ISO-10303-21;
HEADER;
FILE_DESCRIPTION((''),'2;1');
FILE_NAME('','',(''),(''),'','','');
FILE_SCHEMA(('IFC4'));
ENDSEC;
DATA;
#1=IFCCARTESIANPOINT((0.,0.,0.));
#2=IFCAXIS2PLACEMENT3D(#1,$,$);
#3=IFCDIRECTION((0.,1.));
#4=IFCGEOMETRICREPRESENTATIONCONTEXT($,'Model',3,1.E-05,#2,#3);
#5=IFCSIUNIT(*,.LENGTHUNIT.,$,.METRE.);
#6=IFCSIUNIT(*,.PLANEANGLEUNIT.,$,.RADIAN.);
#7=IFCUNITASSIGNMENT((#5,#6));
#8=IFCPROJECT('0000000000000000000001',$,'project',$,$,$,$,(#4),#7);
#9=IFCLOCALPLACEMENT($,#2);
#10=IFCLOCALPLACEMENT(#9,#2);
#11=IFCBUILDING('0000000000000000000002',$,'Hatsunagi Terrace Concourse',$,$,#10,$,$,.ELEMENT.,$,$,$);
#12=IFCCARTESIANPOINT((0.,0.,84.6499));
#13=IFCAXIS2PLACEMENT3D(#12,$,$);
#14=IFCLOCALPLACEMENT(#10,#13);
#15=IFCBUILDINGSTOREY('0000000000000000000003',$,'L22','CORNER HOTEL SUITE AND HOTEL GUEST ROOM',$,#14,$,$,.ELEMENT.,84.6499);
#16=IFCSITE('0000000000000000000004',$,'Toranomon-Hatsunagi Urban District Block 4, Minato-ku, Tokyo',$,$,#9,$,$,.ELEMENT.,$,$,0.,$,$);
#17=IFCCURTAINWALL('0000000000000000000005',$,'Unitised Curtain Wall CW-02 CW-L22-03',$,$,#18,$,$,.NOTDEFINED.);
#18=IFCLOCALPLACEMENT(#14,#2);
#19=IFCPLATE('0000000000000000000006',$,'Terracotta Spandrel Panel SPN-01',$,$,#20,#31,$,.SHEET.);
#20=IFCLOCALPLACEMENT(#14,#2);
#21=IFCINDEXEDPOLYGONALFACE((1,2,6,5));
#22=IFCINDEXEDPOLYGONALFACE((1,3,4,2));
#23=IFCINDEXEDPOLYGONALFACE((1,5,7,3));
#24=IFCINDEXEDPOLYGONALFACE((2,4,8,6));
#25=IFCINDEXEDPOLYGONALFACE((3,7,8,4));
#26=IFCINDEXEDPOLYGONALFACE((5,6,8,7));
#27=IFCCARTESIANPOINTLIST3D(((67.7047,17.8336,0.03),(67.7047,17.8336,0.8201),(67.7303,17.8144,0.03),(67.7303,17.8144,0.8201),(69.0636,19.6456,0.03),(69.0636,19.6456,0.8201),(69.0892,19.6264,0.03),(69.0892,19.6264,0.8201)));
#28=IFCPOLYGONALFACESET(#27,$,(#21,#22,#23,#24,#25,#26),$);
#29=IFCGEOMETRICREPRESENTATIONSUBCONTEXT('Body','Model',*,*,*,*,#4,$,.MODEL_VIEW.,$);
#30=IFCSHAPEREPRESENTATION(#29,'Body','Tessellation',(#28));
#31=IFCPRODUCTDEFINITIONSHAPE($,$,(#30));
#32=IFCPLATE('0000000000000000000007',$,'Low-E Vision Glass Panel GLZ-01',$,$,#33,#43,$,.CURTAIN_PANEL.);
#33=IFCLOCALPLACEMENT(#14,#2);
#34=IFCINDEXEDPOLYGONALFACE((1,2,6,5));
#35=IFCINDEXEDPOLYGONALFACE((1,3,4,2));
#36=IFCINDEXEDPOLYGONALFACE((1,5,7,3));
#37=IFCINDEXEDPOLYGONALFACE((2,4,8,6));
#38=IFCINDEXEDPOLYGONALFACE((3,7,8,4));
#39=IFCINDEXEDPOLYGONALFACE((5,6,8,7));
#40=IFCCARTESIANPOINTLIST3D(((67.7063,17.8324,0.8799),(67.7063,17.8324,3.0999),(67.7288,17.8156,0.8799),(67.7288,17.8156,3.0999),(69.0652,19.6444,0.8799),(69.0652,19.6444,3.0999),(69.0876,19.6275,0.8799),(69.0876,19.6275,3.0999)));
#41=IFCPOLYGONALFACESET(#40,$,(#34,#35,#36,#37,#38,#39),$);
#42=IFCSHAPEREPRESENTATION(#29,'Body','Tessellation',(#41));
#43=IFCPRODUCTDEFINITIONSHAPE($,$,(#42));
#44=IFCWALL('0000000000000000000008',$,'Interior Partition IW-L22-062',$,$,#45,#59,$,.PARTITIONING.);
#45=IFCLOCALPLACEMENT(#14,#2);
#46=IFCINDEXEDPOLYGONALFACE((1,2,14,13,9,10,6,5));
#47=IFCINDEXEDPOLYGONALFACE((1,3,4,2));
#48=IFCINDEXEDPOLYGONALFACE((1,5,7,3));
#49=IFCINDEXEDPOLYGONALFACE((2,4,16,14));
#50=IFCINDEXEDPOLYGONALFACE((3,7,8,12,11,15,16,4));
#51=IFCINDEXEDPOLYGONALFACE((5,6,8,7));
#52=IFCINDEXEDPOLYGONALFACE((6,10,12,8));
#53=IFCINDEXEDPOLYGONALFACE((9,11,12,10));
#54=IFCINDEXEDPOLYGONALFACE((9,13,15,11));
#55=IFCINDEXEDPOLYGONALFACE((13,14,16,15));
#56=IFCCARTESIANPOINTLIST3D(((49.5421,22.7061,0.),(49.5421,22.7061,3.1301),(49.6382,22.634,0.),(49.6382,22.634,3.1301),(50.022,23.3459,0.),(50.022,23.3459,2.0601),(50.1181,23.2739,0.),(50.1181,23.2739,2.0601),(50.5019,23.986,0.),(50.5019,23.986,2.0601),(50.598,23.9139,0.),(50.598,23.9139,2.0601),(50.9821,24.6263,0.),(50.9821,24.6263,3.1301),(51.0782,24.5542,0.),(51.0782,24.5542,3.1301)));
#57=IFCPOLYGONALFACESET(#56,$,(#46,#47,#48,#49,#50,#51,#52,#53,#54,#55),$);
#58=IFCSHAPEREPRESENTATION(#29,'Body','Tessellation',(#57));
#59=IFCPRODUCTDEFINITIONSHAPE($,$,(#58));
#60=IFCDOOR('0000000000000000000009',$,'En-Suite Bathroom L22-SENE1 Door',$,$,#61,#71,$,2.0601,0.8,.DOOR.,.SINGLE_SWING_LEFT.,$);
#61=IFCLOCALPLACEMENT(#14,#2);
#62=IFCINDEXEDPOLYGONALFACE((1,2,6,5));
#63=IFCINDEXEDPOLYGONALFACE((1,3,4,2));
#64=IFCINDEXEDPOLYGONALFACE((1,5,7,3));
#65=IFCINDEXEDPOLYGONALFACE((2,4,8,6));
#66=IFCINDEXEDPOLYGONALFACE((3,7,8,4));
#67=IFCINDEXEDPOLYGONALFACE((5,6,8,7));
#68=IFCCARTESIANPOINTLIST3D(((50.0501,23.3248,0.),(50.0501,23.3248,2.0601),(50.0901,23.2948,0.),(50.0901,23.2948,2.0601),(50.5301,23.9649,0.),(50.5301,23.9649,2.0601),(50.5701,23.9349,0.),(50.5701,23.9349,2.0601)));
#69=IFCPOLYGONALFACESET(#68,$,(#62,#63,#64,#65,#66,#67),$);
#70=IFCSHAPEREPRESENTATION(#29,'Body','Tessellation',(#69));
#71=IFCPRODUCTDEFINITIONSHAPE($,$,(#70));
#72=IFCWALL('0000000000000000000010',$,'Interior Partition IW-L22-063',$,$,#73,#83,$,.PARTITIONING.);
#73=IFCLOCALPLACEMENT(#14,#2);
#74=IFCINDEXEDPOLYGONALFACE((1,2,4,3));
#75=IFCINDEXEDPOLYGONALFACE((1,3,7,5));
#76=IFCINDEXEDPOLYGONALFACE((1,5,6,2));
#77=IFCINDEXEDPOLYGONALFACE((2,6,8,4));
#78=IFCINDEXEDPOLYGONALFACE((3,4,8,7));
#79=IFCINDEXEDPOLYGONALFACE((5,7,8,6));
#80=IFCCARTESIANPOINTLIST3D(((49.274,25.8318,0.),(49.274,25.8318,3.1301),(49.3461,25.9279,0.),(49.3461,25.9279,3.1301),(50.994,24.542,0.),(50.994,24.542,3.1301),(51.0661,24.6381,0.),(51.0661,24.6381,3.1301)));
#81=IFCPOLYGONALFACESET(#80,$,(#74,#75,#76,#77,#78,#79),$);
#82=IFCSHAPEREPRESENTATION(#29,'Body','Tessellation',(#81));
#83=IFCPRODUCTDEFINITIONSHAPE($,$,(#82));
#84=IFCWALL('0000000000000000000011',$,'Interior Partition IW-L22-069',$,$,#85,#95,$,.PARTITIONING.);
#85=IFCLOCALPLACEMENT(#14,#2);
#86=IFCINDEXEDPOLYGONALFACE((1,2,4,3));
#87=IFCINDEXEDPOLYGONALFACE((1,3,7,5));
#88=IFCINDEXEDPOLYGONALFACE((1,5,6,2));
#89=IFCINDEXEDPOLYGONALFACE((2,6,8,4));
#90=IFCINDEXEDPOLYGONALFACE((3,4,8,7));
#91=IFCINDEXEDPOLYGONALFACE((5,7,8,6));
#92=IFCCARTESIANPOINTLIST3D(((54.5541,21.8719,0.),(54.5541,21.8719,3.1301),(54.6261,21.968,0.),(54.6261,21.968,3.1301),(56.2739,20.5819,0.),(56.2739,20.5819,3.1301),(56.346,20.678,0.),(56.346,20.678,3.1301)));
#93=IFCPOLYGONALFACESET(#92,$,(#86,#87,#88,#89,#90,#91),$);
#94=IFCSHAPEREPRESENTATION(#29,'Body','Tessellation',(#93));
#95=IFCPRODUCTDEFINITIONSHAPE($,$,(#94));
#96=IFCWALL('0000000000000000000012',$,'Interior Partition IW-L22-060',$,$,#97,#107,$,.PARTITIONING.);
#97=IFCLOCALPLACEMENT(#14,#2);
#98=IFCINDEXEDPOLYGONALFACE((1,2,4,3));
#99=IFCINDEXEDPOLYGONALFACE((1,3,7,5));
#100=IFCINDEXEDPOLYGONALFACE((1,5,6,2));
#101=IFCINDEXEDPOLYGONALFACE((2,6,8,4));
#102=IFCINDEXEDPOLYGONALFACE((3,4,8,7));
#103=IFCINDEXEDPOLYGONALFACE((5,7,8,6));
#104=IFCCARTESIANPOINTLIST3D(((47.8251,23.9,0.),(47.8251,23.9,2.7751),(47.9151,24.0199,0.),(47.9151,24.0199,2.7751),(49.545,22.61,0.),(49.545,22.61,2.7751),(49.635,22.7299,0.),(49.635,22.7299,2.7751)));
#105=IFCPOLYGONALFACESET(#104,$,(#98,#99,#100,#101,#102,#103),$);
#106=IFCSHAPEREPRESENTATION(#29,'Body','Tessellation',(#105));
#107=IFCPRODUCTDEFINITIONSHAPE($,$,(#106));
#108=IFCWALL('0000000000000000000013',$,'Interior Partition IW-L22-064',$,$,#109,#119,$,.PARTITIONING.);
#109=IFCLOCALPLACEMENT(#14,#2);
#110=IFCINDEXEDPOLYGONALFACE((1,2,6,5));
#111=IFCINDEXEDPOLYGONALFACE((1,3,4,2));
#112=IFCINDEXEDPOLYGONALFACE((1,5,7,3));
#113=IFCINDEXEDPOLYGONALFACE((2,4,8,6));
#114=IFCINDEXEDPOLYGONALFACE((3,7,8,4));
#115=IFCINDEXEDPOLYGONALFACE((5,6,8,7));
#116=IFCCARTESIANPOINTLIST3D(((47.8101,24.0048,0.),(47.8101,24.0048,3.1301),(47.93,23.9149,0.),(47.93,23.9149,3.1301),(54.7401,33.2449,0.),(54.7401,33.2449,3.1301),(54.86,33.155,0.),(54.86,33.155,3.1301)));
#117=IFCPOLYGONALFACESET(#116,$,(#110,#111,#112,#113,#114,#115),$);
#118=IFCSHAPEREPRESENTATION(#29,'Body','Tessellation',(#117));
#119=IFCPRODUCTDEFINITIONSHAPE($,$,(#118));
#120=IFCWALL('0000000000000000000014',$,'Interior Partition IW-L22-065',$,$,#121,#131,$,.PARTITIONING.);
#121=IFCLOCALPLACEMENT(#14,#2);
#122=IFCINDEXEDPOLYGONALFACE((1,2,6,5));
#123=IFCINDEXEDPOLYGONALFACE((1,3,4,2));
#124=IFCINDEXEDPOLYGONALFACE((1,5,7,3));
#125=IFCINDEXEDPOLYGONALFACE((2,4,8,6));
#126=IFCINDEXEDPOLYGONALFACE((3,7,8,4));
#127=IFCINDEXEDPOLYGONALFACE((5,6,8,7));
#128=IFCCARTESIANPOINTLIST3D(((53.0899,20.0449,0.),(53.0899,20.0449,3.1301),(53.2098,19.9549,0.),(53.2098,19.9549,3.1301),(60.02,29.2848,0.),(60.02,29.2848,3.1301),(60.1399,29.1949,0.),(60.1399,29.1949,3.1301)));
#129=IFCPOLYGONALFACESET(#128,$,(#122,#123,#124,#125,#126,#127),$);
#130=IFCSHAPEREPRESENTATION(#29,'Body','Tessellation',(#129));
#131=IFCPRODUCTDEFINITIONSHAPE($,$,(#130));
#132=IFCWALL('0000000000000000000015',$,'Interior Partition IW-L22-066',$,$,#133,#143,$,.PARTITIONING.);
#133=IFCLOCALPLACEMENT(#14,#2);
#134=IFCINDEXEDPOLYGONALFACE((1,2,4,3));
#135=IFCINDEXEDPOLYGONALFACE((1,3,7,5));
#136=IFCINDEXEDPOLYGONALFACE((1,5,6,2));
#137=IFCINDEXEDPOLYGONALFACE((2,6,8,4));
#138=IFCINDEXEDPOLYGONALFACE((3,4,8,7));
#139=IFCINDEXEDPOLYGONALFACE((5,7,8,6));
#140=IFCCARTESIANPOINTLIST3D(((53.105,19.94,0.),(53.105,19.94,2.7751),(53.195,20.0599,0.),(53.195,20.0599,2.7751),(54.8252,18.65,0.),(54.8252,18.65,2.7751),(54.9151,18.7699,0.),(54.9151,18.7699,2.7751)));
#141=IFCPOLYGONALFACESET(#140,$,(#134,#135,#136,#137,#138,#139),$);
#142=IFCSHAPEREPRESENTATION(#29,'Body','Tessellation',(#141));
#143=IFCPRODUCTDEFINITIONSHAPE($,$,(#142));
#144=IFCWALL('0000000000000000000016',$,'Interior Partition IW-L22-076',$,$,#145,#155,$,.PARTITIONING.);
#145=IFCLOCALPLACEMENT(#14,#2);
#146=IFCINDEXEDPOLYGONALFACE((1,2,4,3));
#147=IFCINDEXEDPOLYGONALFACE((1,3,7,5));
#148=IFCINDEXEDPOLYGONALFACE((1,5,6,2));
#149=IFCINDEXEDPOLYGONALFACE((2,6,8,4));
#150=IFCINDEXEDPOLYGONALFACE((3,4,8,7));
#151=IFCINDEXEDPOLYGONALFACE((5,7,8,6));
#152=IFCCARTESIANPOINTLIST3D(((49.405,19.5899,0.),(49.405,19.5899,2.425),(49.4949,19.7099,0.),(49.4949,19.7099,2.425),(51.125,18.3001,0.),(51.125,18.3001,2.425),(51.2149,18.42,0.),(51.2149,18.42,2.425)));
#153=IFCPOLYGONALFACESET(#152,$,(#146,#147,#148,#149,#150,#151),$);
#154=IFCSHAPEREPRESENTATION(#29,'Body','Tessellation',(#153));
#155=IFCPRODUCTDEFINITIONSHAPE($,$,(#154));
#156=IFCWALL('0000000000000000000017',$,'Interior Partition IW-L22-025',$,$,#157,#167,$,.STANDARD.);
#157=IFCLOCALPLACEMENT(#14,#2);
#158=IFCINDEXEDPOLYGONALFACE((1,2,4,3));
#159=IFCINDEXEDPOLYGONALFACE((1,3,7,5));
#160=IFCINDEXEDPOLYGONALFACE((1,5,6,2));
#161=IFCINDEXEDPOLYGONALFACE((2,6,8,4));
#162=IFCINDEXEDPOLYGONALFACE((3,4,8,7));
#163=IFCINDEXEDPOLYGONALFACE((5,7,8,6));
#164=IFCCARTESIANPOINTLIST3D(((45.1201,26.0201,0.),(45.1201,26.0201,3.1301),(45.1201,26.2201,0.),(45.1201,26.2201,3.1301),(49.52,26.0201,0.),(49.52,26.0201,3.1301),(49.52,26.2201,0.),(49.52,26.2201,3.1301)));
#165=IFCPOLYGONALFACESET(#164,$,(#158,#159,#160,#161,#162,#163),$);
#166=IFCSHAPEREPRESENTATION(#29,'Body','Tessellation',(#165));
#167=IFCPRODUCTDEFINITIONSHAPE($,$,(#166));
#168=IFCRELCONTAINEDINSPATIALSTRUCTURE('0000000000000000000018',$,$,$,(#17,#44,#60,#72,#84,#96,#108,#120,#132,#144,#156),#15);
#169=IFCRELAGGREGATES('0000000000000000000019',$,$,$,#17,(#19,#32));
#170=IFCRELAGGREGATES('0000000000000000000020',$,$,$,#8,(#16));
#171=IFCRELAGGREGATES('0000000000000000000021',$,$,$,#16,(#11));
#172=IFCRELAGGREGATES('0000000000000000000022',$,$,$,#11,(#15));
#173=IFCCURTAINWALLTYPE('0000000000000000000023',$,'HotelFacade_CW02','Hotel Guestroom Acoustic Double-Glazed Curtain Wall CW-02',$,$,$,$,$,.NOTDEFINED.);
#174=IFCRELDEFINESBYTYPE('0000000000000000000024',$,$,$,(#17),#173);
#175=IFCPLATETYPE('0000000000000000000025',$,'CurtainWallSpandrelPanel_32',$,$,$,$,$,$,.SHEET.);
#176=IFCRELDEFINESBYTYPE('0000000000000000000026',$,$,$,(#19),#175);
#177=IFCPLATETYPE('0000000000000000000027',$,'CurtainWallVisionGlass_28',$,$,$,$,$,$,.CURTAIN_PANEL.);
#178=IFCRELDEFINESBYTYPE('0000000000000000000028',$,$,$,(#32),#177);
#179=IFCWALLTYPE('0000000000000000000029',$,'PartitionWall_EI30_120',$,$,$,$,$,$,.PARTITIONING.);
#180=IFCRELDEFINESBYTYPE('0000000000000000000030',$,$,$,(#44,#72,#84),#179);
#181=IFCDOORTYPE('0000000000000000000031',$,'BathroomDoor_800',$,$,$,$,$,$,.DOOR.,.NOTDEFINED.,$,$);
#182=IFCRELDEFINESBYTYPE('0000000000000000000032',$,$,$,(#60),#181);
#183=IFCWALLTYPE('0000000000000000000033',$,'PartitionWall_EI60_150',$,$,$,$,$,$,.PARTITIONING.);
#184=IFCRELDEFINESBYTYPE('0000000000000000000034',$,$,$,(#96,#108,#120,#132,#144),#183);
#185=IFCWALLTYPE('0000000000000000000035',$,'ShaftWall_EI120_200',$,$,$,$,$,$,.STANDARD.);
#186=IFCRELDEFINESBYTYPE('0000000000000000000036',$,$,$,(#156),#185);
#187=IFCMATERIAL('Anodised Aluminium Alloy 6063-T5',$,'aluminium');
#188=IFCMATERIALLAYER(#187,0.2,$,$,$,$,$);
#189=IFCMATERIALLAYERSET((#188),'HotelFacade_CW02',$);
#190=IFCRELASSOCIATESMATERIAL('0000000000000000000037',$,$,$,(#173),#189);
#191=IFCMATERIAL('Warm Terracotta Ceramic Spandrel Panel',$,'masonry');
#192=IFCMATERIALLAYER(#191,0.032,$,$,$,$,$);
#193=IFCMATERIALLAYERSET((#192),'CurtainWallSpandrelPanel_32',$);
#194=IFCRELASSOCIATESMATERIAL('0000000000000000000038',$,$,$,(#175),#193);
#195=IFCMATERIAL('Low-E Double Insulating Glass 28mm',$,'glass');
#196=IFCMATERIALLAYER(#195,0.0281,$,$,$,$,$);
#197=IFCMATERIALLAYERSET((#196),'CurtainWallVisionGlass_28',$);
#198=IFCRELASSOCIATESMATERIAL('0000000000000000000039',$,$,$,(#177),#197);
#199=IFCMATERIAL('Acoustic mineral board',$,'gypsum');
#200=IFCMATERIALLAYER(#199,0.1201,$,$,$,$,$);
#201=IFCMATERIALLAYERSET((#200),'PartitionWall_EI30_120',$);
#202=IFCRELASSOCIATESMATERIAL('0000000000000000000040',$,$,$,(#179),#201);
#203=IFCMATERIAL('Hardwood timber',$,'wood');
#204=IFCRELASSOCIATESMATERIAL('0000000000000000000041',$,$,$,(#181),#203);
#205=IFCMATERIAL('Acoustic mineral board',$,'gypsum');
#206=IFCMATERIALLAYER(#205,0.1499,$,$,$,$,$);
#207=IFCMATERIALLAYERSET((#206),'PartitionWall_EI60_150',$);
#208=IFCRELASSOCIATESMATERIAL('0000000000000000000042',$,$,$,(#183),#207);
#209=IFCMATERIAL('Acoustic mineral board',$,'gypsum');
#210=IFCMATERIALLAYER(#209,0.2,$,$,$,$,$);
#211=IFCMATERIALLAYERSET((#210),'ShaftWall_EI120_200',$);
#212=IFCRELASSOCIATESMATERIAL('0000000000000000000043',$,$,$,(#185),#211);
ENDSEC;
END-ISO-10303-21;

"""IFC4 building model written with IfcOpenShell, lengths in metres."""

from ifc_helpers import new_model, si_unit, direction, frame, frame_2d, origin, origin_2d, place, context, subcontext, project, spatial, rectangle, extrude, material, layer, layer_set, type_object, element, fill, aggregate, save


model = new_model("IFC4")

# Units and contexts
model_context = context("Model", 3, precision=1e-05, world=origin(), true_north=direction((0.0, 1.0)))
body_context = subcontext(model_context, "Body", "Model", "MODEL_VIEW")
ifc_project = project(units=[si_unit("LENGTHUNIT", "METRE"), si_unit("PLANEANGLEUNIT", "RADIAN")], contexts=[model_context])

# Site, building, storey
site_placement = place(None, origin())
site = spatial("IfcSite", under=ifc_project, at=site_placement, Name="Toranomon-Hatsunagi Urban District Block 4, Minato-ku, Tokyo", CompositionType="ELEMENT", RefElevation=0.0)
building_placement = place(site_placement, origin())
building = spatial("IfcBuilding", under=site, at=building_placement, Name="Hatsunagi Terrace Concourse", CompositionType="ELEMENT")
storey_placement = place(building_placement, frame((0.0, 0.0, 84.6499)))
storey = spatial("IfcBuildingStorey", under=building, at=storey_placement, Name="L22", Description="CORNER HOTEL SUITE AND HOTEL GUEST ROOM", CompositionType="ELEMENT", Elevation=84.6499)

# Curtain wall
ifc_material_1 = material(Name="Anodised Aluminium Alloy 6063-T5", Category="aluminium")
ifc_layer_1 = layer(ifc_material_1, 0.2)
ifc_layer_set_1 = layer_set([ifc_layer_1], Name="HotelFacade_CW02")
curtain_wall_type = type_object("IfcCurtainWallType", Name="HotelFacade_CW02", Description="Hotel Guestroom Acoustic Double-Glazed Curtain Wall CW-02", PredefinedType="NOTDEFINED", material=ifc_layer_set_1)
curtain_wall_placement = place(storey_placement, origin())
curtain_wall = element("IfcCurtainWall", 1, at=curtain_wall_placement, inside=storey, type_object=curtain_wall_type, Name="Unitised Curtain Wall CW-02 CW-L22-03", PredefinedType="NOTDEFINED")

# Plates
ifc_material_2 = material(Name="Warm Terracotta Ceramic Spandrel Panel", Category="masonry")
ifc_layer_2 = layer(ifc_material_2, 0.032)
ifc_layer_set_2 = layer_set([ifc_layer_2], Name="CurtainWallSpandrelPanel_32")
plate_type_1 = type_object("IfcPlateType", Name="CurtainWallSpandrelPanel_32", PredefinedType="SHEET", material=ifc_layer_set_2)
plate_1_placement = place(storey_placement, frame((68.397, 18.73, 0.03), z_axis=(0.0, 0.0, 1.0), x_axis=(-0.599969, -0.800023, 0.0)))
plate_1 = element("IfcPlate", 2, at=plate_1_placement, type_object=plate_type_1, Name="Terracotta Spandrel Panel SPN-01", PredefinedType="SHEET", context=body_context, shape_type="SweptSolid", body=[
    extrude(rectangle(XDim=2.2649, YDim=0.032, at=origin_2d()), origin(), (0.0, 0.0, 1.0), 0.79),
])
ifc_material_3 = material(Name="Low-E Double Insulating Glass 28mm", Category="glass")
ifc_layer_3 = layer(ifc_material_3, 0.0281)
ifc_layer_set_3 = layer_set([ifc_layer_3], Name="CurtainWallVisionGlass_28")
plate_type_2 = type_object("IfcPlateType", Name="CurtainWallVisionGlass_28", PredefinedType="CURTAIN_PANEL", material=ifc_layer_set_3)
plate_2_placement = place(storey_placement, frame((68.397, 18.73, 0.8799), z_axis=(0.0, 0.0, 1.0), x_axis=(-0.599969, -0.800023, 0.0)))
plate_2 = element("IfcPlate", 3, at=plate_2_placement, type_object=plate_type_2, Name="Low-E Vision Glass Panel GLZ-01", PredefinedType="CURTAIN_PANEL", context=body_context, shape_type="SweptSolid", body=[
    extrude(rectangle(XDim=2.2649, YDim=0.0281, at=origin_2d()), origin(), (0.0, 0.0, 1.0), 2.22),
])
aggregate(curtain_wall, [plate_1, plate_2])

# Wall, opening, door
ifc_material_4 = material(Name="Acoustic mineral board", Category="gypsum")
ifc_layer_4 = layer(ifc_material_4, 0.1201)
ifc_layer_set_4 = layer_set([ifc_layer_4], Name="PartitionWall_EI30_120")
wall_type_1 = type_object("IfcWallType", Name="PartitionWall_EI30_120", PredefinedType="PARTITIONING", material=ifc_layer_set_4)
wall_1_placement = place(storey_placement, frame((49.5901, 22.6699, 0.0), z_axis=(0.0, 0.0, 1.0), x_axis=(0.599951, 0.800037, 0.0)))
wall_1 = element("IfcWall", 4, at=wall_1_placement, inside=storey, type_object=wall_type_1, Name="Interior Partition IW-L22-062", PredefinedType="PARTITIONING", context=body_context, shape_type="SweptSolid", body=[
    extrude(rectangle(XDim=2.4001, YDim=0.1201, at=frame_2d((1.2002, 0.0))), origin(), (0.0, 0.0, 1.0), 3.1301),
])
opening_1_placement = place(wall_1_placement, frame((0.8, 0.0, 0.0)))
opening_1 = element("IfcOpeningElement", 5, at=opening_1_placement, cuts=wall_1, PredefinedType="OPENING", context=body_context, shape_type="SweptSolid", body=[
    extrude(rectangle(XDim=0.8, YDim=2.0601, at=frame_2d((0.3999, 1.03))), frame((0.0, 0.0701, 0.0), z_axis=(0.0, -1.0, 0.0), x_axis=(1.0, 0.0, 0.0)), (0.0, 0.0, 1.0), 0.1401),
])
ifc_material_5 = material(Name="Hardwood timber", Category="wood")
door_type_1 = type_object("IfcDoorType", Name="BathroomDoor_800", OperationType="NOTDEFINED", PredefinedType="DOOR", material=ifc_material_5)
door_1_placement = place(opening_1_placement, origin())
door_1 = element("IfcDoor", 6, at=door_1_placement, inside=storey, type_object=door_type_1, Name="En-Suite Bathroom L22-SENE1 Door", OperationType="SINGLE_SWING_LEFT", OverallHeight=2.0601, OverallWidth=0.8, PredefinedType="DOOR", context=body_context, shape_type="SweptSolid", body=[
    extrude(rectangle(XDim=0.8, YDim=2.0601, at=frame_2d((0.3999, 1.03))), frame((0.0, 0.0249, 0.0), z_axis=(0.0, -1.0, 0.0), x_axis=(1.0, 0.0, 0.0)), (0.0, 0.0, 1.0), 0.05),
])
fill(opening_1, door_1)

# Walls
for number, where, z_axis, x_axis, name in (
    (7, (49.3101, 25.8799, 0.0), (0.0, 0.0, 1.0), (0.800041, -0.599945, 0.0), "Interior Partition IW-L22-063"),
    (8, (54.5901, 21.9199, 0.0), (0.0, 0.0, 1.0), (0.799986, -0.600018, 0.0), "Interior Partition IW-L22-069"),
):
    element("IfcWall", number, at=place(storey_placement, frame(where, z_axis=z_axis, x_axis=x_axis)), inside=storey, type_object=wall_type_1, Name=name, PredefinedType="PARTITIONING", context=body_context, shape_type="SweptSolid", body=[
        extrude(rectangle(XDim=2.1499, YDim=0.1201, at=frame_2d((1.075, 0.0))), origin(), (0.0, 0.0, 1.0), 3.1301),
    ])
ifc_material_6 = material(Name="Acoustic mineral board", Category="gypsum")
ifc_layer_5 = layer(ifc_material_6, 0.1499)
ifc_layer_set_5 = layer_set([ifc_layer_5], Name="PartitionWall_EI60_150")
wall_type_2 = type_object("IfcWallType", Name="PartitionWall_EI60_150", PredefinedType="PARTITIONING", material=ifc_layer_set_5)
wall_2_placement = place(storey_placement, frame((47.8701, 23.96, 0.0), z_axis=(0.0, 0.0, 1.0), x_axis=(0.799986, -0.600018, 0.0)))
element("IfcWall", 9, at=wall_2_placement, inside=storey, type_object=wall_type_2, Name="Interior Partition IW-L22-060", PredefinedType="PARTITIONING", context=body_context, shape_type="SweptSolid", body=[
    extrude(rectangle(XDim=2.1499, YDim=0.1499, at=frame_2d((1.075, 0.0))), origin(), (0.0, 0.0, 1.0), 2.7751),
])

# Walls
for number, where, z_axis, x_axis, name in (
    (10, (47.8701, 23.96, 0.0), (0.0, 0.0, 1.0), (0.599997, 0.800003, 0.0), "Interior Partition IW-L22-064"),
    (11, (53.1499, 20.0, 0.0), (0.0, 0.0, 1.0), (0.60001, 0.799992, 0.0), "Interior Partition IW-L22-065"),
):
    element("IfcWall", number, at=place(storey_placement, frame(where, z_axis=z_axis, x_axis=x_axis)), inside=storey, type_object=wall_type_2, Name=name, PredefinedType="PARTITIONING", context=body_context, shape_type="SweptSolid", body=[
        extrude(rectangle(XDim=11.55, YDim=0.1499, at=frame_2d((5.7749, 0.0))), origin(), (0.0, 0.0, 1.0), 3.1301),
    ])
wall_3_placement = place(storey_placement, frame((53.1499, 20.0, 0.0), z_axis=(0.0, 0.0, 1.0), x_axis=(0.800027, -0.599964, 0.0)))
element("IfcWall", 12, at=wall_3_placement, inside=storey, type_object=wall_type_2, Name="Interior Partition IW-L22-066", PredefinedType="PARTITIONING", context=body_context, shape_type="SweptSolid", body=[
    extrude(rectangle(XDim=2.1501, YDim=0.1499, at=frame_2d((1.0752, 0.0))), origin(), (0.0, 0.0, 1.0), 2.7751),
])

# Walls
wall_4_placement = place(storey_placement, frame((49.45, 19.6499, 0.0), z_axis=(0.0, 0.0, 1.0), x_axis=(0.800041, -0.599945, 0.0)))
element("IfcWall", 13, at=wall_4_placement, inside=storey, type_object=wall_type_2, Name="Interior Partition IW-L22-076", PredefinedType="PARTITIONING", context=body_context, shape_type="SweptSolid", body=[
    extrude(rectangle(XDim=2.1499, YDim=0.1499, at=frame_2d((1.075, 0.0))), origin(), (0.0, 0.0, 1.0), 2.425),
])
ifc_material_7 = material(Name="Acoustic mineral board", Category="gypsum")
ifc_layer_6 = layer(ifc_material_7, 0.2)
ifc_layer_set_6 = layer_set([ifc_layer_6], Name="ShaftWall_EI120_200")
wall_type_3 = type_object("IfcWallType", Name="ShaftWall_EI120_200", PredefinedType="STANDARD", material=ifc_layer_set_6)
wall_5_placement = place(storey_placement, frame((45.1201, 26.1201, 0.0), z_axis=(0.0, 0.0, 1.0), x_axis=(1.0, 0.0, 0.0)))
element("IfcWall", 14, at=wall_5_placement, inside=storey, type_object=wall_type_3, Name="Interior Partition IW-L22-025", PredefinedType="STANDARD", context=body_context, shape_type="SweptSolid", body=[
    extrude(rectangle(XDim=4.3999, YDim=0.2, at=frame_2d((2.2, 0.0))), origin(), (0.0, 0.0, 1.0), 3.1301),
])

save(model, "model.ifc")
